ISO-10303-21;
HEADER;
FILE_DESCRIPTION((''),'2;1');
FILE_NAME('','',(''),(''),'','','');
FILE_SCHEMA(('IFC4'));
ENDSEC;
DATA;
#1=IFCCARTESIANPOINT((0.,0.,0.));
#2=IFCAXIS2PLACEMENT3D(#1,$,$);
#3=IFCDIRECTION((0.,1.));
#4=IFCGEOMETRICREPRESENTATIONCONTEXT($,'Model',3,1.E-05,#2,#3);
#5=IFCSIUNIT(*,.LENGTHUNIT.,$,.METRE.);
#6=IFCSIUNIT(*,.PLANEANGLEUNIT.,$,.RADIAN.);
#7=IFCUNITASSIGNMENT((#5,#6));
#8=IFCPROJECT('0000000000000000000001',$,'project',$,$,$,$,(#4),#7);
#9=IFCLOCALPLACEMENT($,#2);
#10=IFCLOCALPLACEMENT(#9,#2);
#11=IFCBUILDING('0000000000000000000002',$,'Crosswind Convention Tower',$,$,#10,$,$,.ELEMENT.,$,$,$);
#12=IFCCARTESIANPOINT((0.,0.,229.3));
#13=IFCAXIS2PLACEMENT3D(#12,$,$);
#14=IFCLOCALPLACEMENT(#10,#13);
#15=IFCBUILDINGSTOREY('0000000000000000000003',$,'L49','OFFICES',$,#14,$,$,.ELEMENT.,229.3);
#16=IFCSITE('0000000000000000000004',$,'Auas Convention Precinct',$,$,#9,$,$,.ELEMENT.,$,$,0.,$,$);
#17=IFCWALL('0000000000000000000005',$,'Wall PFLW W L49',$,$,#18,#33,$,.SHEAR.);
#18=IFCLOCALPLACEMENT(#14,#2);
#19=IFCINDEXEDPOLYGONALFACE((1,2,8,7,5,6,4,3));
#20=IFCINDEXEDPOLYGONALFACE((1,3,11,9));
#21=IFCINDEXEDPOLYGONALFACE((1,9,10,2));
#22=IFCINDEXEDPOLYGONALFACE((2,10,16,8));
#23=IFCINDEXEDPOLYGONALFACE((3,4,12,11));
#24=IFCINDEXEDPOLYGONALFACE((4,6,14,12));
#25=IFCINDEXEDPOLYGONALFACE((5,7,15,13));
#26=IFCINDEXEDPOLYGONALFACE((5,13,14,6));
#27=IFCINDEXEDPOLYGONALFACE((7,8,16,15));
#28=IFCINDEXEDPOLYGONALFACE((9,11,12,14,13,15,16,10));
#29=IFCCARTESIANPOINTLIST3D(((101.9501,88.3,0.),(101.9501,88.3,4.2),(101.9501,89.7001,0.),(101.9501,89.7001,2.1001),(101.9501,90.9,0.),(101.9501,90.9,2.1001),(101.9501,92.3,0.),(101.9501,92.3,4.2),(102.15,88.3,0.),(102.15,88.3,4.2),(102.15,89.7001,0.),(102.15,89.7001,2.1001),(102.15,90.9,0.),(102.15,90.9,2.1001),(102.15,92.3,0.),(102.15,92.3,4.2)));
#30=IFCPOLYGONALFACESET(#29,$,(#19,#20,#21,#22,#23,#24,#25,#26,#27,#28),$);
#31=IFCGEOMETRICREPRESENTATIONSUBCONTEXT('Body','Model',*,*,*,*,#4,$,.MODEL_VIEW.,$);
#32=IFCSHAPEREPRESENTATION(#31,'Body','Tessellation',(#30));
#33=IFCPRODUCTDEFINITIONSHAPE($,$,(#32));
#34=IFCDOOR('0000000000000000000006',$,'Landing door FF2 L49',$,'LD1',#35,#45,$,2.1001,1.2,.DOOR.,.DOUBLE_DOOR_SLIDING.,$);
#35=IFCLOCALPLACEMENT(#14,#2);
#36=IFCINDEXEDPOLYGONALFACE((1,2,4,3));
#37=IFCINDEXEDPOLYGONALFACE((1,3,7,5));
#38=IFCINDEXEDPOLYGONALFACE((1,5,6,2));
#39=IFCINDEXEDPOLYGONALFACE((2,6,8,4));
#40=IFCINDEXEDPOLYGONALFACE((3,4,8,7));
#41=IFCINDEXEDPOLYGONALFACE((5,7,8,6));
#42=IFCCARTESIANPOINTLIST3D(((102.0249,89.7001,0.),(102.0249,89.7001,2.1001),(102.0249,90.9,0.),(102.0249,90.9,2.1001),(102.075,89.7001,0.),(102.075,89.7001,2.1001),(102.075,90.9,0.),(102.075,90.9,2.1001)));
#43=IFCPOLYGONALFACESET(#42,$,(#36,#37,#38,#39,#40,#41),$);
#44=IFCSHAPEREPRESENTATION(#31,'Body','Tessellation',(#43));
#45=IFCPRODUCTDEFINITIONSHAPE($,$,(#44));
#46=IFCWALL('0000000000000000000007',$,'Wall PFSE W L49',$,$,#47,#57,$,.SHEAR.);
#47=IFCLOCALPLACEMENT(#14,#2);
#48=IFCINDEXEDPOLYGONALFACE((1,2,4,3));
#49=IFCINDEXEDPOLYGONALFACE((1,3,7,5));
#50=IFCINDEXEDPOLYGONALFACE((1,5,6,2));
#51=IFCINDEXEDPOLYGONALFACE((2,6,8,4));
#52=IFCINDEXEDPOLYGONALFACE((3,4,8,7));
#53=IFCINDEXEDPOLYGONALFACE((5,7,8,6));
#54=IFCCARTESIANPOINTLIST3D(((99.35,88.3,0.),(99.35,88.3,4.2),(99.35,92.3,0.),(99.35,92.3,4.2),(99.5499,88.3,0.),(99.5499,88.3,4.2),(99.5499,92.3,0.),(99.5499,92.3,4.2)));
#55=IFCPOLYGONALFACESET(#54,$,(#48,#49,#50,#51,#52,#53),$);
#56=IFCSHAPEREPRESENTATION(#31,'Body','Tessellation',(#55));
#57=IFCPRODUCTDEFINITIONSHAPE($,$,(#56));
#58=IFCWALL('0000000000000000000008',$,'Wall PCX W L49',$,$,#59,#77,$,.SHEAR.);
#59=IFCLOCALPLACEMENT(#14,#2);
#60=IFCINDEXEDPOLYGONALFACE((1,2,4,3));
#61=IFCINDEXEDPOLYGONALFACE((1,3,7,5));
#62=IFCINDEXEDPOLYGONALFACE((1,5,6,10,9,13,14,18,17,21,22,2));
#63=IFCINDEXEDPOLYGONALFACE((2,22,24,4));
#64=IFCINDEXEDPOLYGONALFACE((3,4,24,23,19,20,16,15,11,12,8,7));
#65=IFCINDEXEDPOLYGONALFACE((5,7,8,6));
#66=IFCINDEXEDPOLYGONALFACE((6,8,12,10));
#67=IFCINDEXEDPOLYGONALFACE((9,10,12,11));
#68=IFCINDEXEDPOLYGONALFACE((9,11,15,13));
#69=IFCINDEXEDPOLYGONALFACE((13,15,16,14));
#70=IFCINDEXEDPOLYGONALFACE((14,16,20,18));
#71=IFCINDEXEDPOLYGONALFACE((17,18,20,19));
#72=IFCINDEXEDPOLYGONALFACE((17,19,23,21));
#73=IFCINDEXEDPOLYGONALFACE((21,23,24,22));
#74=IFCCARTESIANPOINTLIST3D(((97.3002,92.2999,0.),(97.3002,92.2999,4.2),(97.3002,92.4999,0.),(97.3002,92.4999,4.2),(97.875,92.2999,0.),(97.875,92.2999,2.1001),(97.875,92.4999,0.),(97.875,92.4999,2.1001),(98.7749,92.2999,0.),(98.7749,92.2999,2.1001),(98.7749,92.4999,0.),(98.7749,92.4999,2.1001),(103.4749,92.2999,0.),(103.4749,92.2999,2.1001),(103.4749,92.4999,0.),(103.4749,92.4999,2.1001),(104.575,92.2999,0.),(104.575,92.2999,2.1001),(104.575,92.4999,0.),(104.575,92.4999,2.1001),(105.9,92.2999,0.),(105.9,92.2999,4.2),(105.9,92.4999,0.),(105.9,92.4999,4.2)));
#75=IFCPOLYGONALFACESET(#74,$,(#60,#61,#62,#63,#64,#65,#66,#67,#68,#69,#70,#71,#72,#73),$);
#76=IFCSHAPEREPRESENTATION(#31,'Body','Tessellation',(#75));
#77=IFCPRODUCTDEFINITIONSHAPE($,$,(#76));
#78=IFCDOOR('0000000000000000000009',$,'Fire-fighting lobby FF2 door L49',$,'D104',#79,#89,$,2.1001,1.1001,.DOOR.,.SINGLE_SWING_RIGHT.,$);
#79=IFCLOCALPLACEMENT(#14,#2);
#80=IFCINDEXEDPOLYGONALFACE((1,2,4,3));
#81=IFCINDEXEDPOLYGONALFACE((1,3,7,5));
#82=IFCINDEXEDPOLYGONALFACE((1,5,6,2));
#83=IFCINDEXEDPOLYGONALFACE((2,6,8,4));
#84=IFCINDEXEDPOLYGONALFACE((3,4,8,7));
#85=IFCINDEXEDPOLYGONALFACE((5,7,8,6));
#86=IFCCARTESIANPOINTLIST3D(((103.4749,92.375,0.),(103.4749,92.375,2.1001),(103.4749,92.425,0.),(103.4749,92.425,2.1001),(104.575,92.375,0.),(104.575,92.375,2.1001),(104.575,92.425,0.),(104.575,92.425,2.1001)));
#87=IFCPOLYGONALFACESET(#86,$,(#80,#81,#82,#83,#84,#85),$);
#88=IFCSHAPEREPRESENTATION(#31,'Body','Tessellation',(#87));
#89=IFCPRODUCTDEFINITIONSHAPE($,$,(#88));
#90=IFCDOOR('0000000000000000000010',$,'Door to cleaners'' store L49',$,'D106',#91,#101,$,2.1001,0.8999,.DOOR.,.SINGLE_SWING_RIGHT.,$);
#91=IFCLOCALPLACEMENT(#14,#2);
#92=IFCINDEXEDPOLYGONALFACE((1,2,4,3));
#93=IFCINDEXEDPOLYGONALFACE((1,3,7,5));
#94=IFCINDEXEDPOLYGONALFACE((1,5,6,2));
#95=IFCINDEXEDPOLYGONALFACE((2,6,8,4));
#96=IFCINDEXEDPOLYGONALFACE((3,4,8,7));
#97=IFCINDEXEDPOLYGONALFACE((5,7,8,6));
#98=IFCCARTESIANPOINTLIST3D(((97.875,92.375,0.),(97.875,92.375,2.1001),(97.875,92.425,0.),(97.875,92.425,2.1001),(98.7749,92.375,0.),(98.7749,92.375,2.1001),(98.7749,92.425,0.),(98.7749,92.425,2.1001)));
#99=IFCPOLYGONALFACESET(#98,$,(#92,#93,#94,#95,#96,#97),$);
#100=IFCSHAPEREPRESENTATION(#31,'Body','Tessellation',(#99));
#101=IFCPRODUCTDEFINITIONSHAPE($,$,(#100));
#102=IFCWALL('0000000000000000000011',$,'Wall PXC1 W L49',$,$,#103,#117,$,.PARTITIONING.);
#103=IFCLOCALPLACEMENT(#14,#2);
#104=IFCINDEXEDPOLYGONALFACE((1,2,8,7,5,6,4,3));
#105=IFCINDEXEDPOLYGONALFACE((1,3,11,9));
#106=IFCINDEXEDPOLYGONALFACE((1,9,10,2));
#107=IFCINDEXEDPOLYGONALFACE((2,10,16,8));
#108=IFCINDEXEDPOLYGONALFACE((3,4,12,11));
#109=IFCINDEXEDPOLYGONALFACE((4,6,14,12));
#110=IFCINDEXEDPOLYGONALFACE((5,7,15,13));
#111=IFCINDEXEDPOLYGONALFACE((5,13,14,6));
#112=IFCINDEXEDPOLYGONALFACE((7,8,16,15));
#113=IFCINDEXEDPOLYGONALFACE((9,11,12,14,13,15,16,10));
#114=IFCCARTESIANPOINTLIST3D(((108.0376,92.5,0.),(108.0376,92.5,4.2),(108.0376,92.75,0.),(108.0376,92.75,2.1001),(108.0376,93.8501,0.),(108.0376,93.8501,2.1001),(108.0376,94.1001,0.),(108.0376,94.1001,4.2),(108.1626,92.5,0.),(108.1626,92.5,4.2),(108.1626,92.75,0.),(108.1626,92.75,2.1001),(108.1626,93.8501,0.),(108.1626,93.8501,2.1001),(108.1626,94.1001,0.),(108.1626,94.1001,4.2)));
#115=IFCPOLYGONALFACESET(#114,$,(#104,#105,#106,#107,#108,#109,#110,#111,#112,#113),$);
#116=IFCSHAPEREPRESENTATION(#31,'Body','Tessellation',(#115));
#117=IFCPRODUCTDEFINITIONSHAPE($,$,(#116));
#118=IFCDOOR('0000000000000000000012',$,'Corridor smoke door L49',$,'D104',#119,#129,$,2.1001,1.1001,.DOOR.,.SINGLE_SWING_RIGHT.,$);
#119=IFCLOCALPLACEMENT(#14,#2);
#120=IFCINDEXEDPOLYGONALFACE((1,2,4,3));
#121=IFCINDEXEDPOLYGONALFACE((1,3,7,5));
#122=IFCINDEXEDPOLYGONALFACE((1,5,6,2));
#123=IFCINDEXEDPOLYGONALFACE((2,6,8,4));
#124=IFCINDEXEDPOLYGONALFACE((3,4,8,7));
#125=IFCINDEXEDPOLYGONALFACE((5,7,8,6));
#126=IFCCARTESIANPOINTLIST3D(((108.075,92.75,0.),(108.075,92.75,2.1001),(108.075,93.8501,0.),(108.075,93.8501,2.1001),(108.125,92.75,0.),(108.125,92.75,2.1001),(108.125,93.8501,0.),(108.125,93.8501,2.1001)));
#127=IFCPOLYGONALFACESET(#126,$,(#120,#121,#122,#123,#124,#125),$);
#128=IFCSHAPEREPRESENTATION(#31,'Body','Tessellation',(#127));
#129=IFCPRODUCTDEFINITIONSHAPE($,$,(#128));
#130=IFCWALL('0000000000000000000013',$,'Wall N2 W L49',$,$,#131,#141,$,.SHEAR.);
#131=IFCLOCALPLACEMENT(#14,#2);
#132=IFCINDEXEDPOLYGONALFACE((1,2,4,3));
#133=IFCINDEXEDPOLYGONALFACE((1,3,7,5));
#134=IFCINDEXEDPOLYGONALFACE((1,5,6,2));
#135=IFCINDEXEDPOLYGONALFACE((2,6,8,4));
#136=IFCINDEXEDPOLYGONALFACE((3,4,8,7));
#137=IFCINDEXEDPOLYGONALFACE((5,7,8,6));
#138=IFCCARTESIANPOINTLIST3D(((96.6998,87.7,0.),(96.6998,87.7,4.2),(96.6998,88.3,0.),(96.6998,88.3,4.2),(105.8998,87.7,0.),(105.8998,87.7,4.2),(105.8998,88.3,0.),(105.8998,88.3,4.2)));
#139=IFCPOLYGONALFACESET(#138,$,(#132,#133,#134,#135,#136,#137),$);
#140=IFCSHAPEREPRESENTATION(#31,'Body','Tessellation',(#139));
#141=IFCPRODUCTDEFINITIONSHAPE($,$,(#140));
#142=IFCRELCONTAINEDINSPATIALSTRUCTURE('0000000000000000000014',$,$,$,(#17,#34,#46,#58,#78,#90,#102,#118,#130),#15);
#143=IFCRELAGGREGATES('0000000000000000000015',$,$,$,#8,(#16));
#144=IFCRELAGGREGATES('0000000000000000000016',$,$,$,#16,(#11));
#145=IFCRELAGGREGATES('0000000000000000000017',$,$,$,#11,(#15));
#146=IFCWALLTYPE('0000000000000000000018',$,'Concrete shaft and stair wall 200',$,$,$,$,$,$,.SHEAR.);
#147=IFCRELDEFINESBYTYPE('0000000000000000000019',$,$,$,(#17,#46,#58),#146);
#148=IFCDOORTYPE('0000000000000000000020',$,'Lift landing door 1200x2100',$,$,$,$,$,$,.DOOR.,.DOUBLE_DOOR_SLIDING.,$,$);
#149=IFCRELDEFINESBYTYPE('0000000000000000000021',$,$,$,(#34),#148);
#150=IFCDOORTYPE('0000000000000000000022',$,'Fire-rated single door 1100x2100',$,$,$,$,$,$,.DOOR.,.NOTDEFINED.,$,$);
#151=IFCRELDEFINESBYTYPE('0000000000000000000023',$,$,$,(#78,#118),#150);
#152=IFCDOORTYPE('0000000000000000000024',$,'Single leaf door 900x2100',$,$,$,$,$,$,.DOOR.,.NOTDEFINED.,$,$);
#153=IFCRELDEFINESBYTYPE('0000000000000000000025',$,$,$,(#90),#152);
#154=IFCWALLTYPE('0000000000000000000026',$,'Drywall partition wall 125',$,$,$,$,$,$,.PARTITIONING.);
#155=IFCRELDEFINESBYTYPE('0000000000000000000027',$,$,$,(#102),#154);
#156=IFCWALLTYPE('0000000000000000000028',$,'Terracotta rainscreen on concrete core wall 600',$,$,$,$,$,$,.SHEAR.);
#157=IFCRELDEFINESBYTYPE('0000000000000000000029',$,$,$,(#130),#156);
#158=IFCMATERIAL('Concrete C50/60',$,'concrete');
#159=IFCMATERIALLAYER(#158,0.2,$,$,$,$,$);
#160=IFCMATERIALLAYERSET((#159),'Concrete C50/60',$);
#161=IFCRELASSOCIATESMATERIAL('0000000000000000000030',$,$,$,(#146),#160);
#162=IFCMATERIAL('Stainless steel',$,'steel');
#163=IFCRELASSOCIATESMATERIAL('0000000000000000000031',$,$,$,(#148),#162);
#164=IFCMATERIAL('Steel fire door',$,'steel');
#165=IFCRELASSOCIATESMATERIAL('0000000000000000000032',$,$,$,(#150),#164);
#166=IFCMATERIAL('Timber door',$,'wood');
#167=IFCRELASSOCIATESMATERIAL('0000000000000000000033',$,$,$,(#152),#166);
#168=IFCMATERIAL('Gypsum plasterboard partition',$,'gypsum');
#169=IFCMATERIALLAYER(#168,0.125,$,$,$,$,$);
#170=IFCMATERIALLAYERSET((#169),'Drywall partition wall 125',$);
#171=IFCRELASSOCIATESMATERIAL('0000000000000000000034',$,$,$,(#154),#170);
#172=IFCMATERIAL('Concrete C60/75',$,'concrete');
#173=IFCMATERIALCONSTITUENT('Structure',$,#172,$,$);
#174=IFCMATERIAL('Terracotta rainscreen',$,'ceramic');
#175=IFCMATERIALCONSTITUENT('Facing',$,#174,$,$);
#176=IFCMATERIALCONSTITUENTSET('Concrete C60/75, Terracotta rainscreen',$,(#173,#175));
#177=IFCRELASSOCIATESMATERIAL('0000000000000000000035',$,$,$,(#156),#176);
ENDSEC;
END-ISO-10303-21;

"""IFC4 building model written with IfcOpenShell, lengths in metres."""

from ifc_helpers import new_model, si_unit, direction, frame, frame_2d, origin, place, context, subcontext, project, spatial, rectangle, extrude, material, layer, layer_set, constituent, constituent_set, type_object, element, fill, save


model = new_model("IFC4")

# Units and contexts
model_context = context("Model", 3, precision=1e-05, world=origin(), true_north=direction((0.0, 1.0)))
body_context = subcontext(model_context, "Body", "Model", "MODEL_VIEW")
ifc_project = project(units=[si_unit("LENGTHUNIT", "METRE"), si_unit("PLANEANGLEUNIT", "RADIAN")], contexts=[model_context])

# Site, building, storey
site_placement = place(None, origin())
site = spatial("IfcSite", under=ifc_project, at=site_placement, Name="Auas Convention Precinct", CompositionType="ELEMENT", RefElevation=0.0)
building_placement = place(site_placement, origin())
building = spatial("IfcBuilding", under=site, at=building_placement, Name="Crosswind Convention Tower", CompositionType="ELEMENT")
storey_placement = place(building_placement, frame((0.0, 0.0, 229.3)))
storey = spatial("IfcBuildingStorey", under=building, at=storey_placement, Name="L49", Description="OFFICES", CompositionType="ELEMENT", Elevation=229.3)

# Shared definitions
ifc_material_1 = material(Name="Concrete C50/60", Category="concrete")
ifc_layer_1 = layer(ifc_material_1, 0.2)
ifc_layer_set_1 = layer_set([ifc_layer_1], Name="Concrete C50/60")
wall_type_1 = type_object("IfcWallType", Name="Concrete shaft and stair wall 200", PredefinedType="SHEAR", material=ifc_layer_set_1)

# Wall, opening, door
wall_1_placement = place(storey_placement, frame((102.05, 92.3, 0.0), z_axis=(0.0, 0.0, 1.0), x_axis=(0.0, -1.0, 0.0)))
wall_1 = element("IfcWall", 1, at=wall_1_placement, inside=storey, type_object=wall_type_1, Name="Wall PFLW W L49", PredefinedType="SHEAR", context=body_context, shape_type="SweptSolid", body=[
    extrude(rectangle(XDim=4.0, YDim=0.2, at=frame_2d((2.0, 0.0))), origin(), (0.0, 0.0, 1.0), 4.2),
])
opening_1_placement = place(wall_1_placement, frame((1.3999, 0.0, 0.0)))
opening_1 = element("IfcOpeningElement", 2, at=opening_1_placement, cuts=wall_1, PredefinedType="OPENING", context=body_context, shape_type="SweptSolid", body=[
    extrude(rectangle(XDim=1.2, YDim=2.1001, at=frame_2d((0.6001, 1.05))), frame((0.0, 0.1099, 0.0), z_axis=(0.0, -1.0, 0.0), x_axis=(1.0, 0.0, 0.0)), (0.0, 0.0, 1.0), 0.22),
])
ifc_material_2 = material(Name="Stainless steel", Category="steel")
door_type_1 = type_object("IfcDoorType", Name="Lift landing door 1200x2100", OperationType="DOUBLE_DOOR_SLIDING", PredefinedType="DOOR", material=ifc_material_2)
door_1_placement = place(opening_1_placement, origin())
door_1 = element("IfcDoor", 3, at=door_1_placement, inside=storey, type_object=door_type_1, Name="Landing door FF2 L49", ObjectType="LD1", OperationType="DOUBLE_DOOR_SLIDING", OverallHeight=2.1001, OverallWidth=1.2, PredefinedType="DOOR", context=body_context, shape_type="SweptSolid", body=[
    extrude(rectangle(XDim=1.2, YDim=2.1001, at=frame_2d((0.6001, 1.05))), frame((0.0, 0.0249, 0.0), z_axis=(0.0, -1.0, 0.0), x_axis=(1.0, 0.0, 0.0)), (0.0, 0.0, 1.0), 0.05),
])
fill(opening_1, door_1)

# Wall
wall_2_placement = place(storey_placement, frame((99.45, 92.3, 0.0), z_axis=(0.0, 0.0, 1.0), x_axis=(0.0, -1.0, 0.0)))
element("IfcWall", 4, at=wall_2_placement, inside=storey, type_object=wall_type_1, Name="Wall PFSE W L49", PredefinedType="SHEAR", context=body_context, shape_type="SweptSolid", body=[
    extrude(rectangle(XDim=4.0, YDim=0.2, at=frame_2d((2.0, 0.0))), origin(), (0.0, 0.0, 1.0), 4.2),
])

# Wall, openings, doors
wall_3_placement = place(storey_placement, frame((105.8999, 92.3999, 0.0), z_axis=(0.0, 0.0, 1.0), x_axis=(-1.0, 0.0, 0.0)))
wall_3 = element("IfcWall", 5, at=wall_3_placement, inside=storey, type_object=wall_type_1, Name="Wall PCX W L49", PredefinedType="SHEAR", context=body_context, shape_type="SweptSolid", body=[
    extrude(rectangle(XDim=8.5999, YDim=0.2, at=frame_2d((4.2998, 0.0))), origin(), (0.0, 0.0, 1.0), 4.2),
])
opening_2_placement = place(wall_3_placement, frame((1.325, 0.0, 0.0)))
opening_2 = element("IfcOpeningElement", 6, at=opening_2_placement, cuts=wall_3, PredefinedType="OPENING", context=body_context, shape_type="SweptSolid", body=[
    extrude(rectangle(XDim=1.1001, YDim=2.1001, at=frame_2d((0.55, 1.05))), frame((0.0, 0.1099, 0.0), z_axis=(0.0, -1.0, 0.0), x_axis=(1.0, 0.0, 0.0)), (0.0, 0.0, 1.0), 0.22),
])
opening_3_placement = place(wall_3_placement, frame((7.125, 0.0, 0.0)))
opening_3 = element("IfcOpeningElement", 7, at=opening_3_placement, cuts=wall_3, PredefinedType="OPENING", context=body_context, shape_type="SweptSolid", body=[
    extrude(rectangle(XDim=0.8999, YDim=2.1001, at=frame_2d((0.45, 1.05))), frame((0.0, 0.1099, 0.0), z_axis=(0.0, -1.0, 0.0), x_axis=(1.0, 0.0, 0.0)), (0.0, 0.0, 1.0), 0.22),
])
ifc_material_3 = material(Name="Steel fire door", Category="steel")
door_type_2 = type_object("IfcDoorType", Name="Fire-rated single door 1100x2100", OperationType="NOTDEFINED", PredefinedType="DOOR", material=ifc_material_3)
door_2_placement = place(opening_2_placement, origin())
door_2 = element("IfcDoor", 8, at=door_2_placement, inside=storey, type_object=door_type_2, Name="Fire-fighting lobby FF2 door L49", ObjectType="D104", OperationType="SINGLE_SWING_RIGHT", OverallHeight=2.1001, OverallWidth=1.1001, PredefinedType="DOOR", context=body_context, shape_type="SweptSolid", body=[
    extrude(rectangle(XDim=1.1001, YDim=2.1001, at=frame_2d((0.55, 1.05))), frame((0.0, 0.0249, 0.0), z_axis=(0.0, -1.0, 0.0), x_axis=(1.0, 0.0, 0.0)), (0.0, 0.0, 1.0), 0.05),
])
fill(opening_2, door_2)
ifc_material_4 = material(Name="Timber door", Category="wood")
door_type_3 = type_object("IfcDoorType", Name="Single leaf door 900x2100", OperationType="NOTDEFINED", PredefinedType="DOOR", material=ifc_material_4)
door_3_placement = place(opening_3_placement, origin())
door_3 = element("IfcDoor", 9, at=door_3_placement, inside=storey, type_object=door_type_3, Name="Door to cleaners' store L49", ObjectType="D106", OperationType="SINGLE_SWING_RIGHT", OverallHeight=2.1001, OverallWidth=0.8999, PredefinedType="DOOR", context=body_context, shape_type="SweptSolid", body=[
    extrude(rectangle(XDim=0.8999, YDim=2.1001, at=frame_2d((0.45, 1.05))), frame((0.0, 0.0249, 0.0), z_axis=(0.0, -1.0, 0.0), x_axis=(1.0, 0.0, 0.0)), (0.0, 0.0, 1.0), 0.05),
])
fill(opening_3, door_3)

# Wall, opening, door
ifc_material_5 = material(Name="Gypsum plasterboard partition", Category="gypsum")
ifc_layer_2 = layer(ifc_material_5, 0.125)
ifc_layer_set_2 = layer_set([ifc_layer_2], Name="Drywall partition wall 125")
wall_type_2 = type_object("IfcWallType", Name="Drywall partition wall 125", PredefinedType="PARTITIONING", material=ifc_layer_set_2)
wall_4_placement = place(storey_placement, frame((108.1001, 94.1001, 0.0), z_axis=(0.0, 0.0, 1.0), x_axis=(0.0, -1.0, 0.0)))
wall_4 = element("IfcWall", 10, at=wall_4_placement, inside=storey, type_object=wall_type_2, Name="Wall PXC1 W L49", PredefinedType="PARTITIONING", context=body_context, shape_type="SweptSolid", body=[
    extrude(rectangle(XDim=1.6001, YDim=0.125, at=frame_2d((0.8, 0.0))), origin(), (0.0, 0.0, 1.0), 4.2),
])
opening_4_placement = place(wall_4_placement, frame((0.25, 0.0, 0.0)))
opening_4 = element("IfcOpeningElement", 11, at=opening_4_placement, cuts=wall_4, PredefinedType="OPENING", context=body_context, shape_type="SweptSolid", body=[
    extrude(rectangle(XDim=1.1001, YDim=2.1001, at=frame_2d((0.55, 1.05))), frame((0.0, 0.0725, 0.0), z_axis=(0.0, -1.0, 0.0), x_axis=(1.0, 0.0, 0.0)), (0.0, 0.0, 1.0), 0.145),
])
door_4_placement = place(opening_4_placement, origin())
door_4 = element("IfcDoor", 12, at=door_4_placement, inside=storey, type_object=door_type_2, Name="Corridor smoke door L49", ObjectType="D104", OperationType="SINGLE_SWING_RIGHT", OverallHeight=2.1001, OverallWidth=1.1001, PredefinedType="DOOR", context=body_context, shape_type="SweptSolid", body=[
    extrude(rectangle(XDim=1.1001, YDim=2.1001, at=frame_2d((0.55, 1.05))), frame((0.0, 0.0249, 0.0), z_axis=(0.0, -1.0, 0.0), x_axis=(1.0, 0.0, 0.0)), (0.0, 0.0, 1.0), 0.05),
])
fill(opening_4, door_4)

# Wall
ifc_material_6 = material(Name="Concrete C60/75", Category="concrete")
ifc_constituent_1 = constituent(ifc_material_6, Name="Structure")
ifc_material_7 = material(Name="Terracotta rainscreen", Category="ceramic")
ifc_constituent_2 = constituent(ifc_material_7, Name="Facing")
ifc_constituent_set = constituent_set(constituents=[ifc_constituent_1, ifc_constituent_2], Name="Concrete C60/75, Terracotta rainscreen")
wall_type_3 = type_object("IfcWallType", Name="Terracotta rainscreen on concrete core wall 600", PredefinedType="SHEAR", material=ifc_constituent_set)
wall_5_placement = place(storey_placement, frame((105.8999, 88.0, 0.0), z_axis=(0.0, 0.0, 1.0), x_axis=(-1.0, 0.0, 0.0)))
element("IfcWall", 13, at=wall_5_placement, inside=storey, type_object=wall_type_3, Name="Wall N2 W L49", PredefinedType="SHEAR", context=body_context, shape_type="SweptSolid", body=[
    extrude(rectangle(XDim=9.2, YDim=0.6001, at=frame_2d((4.6001, 0.0))), origin(), (0.0, 0.0, 1.0), 4.2),
])

save(model, "model.ifc")
